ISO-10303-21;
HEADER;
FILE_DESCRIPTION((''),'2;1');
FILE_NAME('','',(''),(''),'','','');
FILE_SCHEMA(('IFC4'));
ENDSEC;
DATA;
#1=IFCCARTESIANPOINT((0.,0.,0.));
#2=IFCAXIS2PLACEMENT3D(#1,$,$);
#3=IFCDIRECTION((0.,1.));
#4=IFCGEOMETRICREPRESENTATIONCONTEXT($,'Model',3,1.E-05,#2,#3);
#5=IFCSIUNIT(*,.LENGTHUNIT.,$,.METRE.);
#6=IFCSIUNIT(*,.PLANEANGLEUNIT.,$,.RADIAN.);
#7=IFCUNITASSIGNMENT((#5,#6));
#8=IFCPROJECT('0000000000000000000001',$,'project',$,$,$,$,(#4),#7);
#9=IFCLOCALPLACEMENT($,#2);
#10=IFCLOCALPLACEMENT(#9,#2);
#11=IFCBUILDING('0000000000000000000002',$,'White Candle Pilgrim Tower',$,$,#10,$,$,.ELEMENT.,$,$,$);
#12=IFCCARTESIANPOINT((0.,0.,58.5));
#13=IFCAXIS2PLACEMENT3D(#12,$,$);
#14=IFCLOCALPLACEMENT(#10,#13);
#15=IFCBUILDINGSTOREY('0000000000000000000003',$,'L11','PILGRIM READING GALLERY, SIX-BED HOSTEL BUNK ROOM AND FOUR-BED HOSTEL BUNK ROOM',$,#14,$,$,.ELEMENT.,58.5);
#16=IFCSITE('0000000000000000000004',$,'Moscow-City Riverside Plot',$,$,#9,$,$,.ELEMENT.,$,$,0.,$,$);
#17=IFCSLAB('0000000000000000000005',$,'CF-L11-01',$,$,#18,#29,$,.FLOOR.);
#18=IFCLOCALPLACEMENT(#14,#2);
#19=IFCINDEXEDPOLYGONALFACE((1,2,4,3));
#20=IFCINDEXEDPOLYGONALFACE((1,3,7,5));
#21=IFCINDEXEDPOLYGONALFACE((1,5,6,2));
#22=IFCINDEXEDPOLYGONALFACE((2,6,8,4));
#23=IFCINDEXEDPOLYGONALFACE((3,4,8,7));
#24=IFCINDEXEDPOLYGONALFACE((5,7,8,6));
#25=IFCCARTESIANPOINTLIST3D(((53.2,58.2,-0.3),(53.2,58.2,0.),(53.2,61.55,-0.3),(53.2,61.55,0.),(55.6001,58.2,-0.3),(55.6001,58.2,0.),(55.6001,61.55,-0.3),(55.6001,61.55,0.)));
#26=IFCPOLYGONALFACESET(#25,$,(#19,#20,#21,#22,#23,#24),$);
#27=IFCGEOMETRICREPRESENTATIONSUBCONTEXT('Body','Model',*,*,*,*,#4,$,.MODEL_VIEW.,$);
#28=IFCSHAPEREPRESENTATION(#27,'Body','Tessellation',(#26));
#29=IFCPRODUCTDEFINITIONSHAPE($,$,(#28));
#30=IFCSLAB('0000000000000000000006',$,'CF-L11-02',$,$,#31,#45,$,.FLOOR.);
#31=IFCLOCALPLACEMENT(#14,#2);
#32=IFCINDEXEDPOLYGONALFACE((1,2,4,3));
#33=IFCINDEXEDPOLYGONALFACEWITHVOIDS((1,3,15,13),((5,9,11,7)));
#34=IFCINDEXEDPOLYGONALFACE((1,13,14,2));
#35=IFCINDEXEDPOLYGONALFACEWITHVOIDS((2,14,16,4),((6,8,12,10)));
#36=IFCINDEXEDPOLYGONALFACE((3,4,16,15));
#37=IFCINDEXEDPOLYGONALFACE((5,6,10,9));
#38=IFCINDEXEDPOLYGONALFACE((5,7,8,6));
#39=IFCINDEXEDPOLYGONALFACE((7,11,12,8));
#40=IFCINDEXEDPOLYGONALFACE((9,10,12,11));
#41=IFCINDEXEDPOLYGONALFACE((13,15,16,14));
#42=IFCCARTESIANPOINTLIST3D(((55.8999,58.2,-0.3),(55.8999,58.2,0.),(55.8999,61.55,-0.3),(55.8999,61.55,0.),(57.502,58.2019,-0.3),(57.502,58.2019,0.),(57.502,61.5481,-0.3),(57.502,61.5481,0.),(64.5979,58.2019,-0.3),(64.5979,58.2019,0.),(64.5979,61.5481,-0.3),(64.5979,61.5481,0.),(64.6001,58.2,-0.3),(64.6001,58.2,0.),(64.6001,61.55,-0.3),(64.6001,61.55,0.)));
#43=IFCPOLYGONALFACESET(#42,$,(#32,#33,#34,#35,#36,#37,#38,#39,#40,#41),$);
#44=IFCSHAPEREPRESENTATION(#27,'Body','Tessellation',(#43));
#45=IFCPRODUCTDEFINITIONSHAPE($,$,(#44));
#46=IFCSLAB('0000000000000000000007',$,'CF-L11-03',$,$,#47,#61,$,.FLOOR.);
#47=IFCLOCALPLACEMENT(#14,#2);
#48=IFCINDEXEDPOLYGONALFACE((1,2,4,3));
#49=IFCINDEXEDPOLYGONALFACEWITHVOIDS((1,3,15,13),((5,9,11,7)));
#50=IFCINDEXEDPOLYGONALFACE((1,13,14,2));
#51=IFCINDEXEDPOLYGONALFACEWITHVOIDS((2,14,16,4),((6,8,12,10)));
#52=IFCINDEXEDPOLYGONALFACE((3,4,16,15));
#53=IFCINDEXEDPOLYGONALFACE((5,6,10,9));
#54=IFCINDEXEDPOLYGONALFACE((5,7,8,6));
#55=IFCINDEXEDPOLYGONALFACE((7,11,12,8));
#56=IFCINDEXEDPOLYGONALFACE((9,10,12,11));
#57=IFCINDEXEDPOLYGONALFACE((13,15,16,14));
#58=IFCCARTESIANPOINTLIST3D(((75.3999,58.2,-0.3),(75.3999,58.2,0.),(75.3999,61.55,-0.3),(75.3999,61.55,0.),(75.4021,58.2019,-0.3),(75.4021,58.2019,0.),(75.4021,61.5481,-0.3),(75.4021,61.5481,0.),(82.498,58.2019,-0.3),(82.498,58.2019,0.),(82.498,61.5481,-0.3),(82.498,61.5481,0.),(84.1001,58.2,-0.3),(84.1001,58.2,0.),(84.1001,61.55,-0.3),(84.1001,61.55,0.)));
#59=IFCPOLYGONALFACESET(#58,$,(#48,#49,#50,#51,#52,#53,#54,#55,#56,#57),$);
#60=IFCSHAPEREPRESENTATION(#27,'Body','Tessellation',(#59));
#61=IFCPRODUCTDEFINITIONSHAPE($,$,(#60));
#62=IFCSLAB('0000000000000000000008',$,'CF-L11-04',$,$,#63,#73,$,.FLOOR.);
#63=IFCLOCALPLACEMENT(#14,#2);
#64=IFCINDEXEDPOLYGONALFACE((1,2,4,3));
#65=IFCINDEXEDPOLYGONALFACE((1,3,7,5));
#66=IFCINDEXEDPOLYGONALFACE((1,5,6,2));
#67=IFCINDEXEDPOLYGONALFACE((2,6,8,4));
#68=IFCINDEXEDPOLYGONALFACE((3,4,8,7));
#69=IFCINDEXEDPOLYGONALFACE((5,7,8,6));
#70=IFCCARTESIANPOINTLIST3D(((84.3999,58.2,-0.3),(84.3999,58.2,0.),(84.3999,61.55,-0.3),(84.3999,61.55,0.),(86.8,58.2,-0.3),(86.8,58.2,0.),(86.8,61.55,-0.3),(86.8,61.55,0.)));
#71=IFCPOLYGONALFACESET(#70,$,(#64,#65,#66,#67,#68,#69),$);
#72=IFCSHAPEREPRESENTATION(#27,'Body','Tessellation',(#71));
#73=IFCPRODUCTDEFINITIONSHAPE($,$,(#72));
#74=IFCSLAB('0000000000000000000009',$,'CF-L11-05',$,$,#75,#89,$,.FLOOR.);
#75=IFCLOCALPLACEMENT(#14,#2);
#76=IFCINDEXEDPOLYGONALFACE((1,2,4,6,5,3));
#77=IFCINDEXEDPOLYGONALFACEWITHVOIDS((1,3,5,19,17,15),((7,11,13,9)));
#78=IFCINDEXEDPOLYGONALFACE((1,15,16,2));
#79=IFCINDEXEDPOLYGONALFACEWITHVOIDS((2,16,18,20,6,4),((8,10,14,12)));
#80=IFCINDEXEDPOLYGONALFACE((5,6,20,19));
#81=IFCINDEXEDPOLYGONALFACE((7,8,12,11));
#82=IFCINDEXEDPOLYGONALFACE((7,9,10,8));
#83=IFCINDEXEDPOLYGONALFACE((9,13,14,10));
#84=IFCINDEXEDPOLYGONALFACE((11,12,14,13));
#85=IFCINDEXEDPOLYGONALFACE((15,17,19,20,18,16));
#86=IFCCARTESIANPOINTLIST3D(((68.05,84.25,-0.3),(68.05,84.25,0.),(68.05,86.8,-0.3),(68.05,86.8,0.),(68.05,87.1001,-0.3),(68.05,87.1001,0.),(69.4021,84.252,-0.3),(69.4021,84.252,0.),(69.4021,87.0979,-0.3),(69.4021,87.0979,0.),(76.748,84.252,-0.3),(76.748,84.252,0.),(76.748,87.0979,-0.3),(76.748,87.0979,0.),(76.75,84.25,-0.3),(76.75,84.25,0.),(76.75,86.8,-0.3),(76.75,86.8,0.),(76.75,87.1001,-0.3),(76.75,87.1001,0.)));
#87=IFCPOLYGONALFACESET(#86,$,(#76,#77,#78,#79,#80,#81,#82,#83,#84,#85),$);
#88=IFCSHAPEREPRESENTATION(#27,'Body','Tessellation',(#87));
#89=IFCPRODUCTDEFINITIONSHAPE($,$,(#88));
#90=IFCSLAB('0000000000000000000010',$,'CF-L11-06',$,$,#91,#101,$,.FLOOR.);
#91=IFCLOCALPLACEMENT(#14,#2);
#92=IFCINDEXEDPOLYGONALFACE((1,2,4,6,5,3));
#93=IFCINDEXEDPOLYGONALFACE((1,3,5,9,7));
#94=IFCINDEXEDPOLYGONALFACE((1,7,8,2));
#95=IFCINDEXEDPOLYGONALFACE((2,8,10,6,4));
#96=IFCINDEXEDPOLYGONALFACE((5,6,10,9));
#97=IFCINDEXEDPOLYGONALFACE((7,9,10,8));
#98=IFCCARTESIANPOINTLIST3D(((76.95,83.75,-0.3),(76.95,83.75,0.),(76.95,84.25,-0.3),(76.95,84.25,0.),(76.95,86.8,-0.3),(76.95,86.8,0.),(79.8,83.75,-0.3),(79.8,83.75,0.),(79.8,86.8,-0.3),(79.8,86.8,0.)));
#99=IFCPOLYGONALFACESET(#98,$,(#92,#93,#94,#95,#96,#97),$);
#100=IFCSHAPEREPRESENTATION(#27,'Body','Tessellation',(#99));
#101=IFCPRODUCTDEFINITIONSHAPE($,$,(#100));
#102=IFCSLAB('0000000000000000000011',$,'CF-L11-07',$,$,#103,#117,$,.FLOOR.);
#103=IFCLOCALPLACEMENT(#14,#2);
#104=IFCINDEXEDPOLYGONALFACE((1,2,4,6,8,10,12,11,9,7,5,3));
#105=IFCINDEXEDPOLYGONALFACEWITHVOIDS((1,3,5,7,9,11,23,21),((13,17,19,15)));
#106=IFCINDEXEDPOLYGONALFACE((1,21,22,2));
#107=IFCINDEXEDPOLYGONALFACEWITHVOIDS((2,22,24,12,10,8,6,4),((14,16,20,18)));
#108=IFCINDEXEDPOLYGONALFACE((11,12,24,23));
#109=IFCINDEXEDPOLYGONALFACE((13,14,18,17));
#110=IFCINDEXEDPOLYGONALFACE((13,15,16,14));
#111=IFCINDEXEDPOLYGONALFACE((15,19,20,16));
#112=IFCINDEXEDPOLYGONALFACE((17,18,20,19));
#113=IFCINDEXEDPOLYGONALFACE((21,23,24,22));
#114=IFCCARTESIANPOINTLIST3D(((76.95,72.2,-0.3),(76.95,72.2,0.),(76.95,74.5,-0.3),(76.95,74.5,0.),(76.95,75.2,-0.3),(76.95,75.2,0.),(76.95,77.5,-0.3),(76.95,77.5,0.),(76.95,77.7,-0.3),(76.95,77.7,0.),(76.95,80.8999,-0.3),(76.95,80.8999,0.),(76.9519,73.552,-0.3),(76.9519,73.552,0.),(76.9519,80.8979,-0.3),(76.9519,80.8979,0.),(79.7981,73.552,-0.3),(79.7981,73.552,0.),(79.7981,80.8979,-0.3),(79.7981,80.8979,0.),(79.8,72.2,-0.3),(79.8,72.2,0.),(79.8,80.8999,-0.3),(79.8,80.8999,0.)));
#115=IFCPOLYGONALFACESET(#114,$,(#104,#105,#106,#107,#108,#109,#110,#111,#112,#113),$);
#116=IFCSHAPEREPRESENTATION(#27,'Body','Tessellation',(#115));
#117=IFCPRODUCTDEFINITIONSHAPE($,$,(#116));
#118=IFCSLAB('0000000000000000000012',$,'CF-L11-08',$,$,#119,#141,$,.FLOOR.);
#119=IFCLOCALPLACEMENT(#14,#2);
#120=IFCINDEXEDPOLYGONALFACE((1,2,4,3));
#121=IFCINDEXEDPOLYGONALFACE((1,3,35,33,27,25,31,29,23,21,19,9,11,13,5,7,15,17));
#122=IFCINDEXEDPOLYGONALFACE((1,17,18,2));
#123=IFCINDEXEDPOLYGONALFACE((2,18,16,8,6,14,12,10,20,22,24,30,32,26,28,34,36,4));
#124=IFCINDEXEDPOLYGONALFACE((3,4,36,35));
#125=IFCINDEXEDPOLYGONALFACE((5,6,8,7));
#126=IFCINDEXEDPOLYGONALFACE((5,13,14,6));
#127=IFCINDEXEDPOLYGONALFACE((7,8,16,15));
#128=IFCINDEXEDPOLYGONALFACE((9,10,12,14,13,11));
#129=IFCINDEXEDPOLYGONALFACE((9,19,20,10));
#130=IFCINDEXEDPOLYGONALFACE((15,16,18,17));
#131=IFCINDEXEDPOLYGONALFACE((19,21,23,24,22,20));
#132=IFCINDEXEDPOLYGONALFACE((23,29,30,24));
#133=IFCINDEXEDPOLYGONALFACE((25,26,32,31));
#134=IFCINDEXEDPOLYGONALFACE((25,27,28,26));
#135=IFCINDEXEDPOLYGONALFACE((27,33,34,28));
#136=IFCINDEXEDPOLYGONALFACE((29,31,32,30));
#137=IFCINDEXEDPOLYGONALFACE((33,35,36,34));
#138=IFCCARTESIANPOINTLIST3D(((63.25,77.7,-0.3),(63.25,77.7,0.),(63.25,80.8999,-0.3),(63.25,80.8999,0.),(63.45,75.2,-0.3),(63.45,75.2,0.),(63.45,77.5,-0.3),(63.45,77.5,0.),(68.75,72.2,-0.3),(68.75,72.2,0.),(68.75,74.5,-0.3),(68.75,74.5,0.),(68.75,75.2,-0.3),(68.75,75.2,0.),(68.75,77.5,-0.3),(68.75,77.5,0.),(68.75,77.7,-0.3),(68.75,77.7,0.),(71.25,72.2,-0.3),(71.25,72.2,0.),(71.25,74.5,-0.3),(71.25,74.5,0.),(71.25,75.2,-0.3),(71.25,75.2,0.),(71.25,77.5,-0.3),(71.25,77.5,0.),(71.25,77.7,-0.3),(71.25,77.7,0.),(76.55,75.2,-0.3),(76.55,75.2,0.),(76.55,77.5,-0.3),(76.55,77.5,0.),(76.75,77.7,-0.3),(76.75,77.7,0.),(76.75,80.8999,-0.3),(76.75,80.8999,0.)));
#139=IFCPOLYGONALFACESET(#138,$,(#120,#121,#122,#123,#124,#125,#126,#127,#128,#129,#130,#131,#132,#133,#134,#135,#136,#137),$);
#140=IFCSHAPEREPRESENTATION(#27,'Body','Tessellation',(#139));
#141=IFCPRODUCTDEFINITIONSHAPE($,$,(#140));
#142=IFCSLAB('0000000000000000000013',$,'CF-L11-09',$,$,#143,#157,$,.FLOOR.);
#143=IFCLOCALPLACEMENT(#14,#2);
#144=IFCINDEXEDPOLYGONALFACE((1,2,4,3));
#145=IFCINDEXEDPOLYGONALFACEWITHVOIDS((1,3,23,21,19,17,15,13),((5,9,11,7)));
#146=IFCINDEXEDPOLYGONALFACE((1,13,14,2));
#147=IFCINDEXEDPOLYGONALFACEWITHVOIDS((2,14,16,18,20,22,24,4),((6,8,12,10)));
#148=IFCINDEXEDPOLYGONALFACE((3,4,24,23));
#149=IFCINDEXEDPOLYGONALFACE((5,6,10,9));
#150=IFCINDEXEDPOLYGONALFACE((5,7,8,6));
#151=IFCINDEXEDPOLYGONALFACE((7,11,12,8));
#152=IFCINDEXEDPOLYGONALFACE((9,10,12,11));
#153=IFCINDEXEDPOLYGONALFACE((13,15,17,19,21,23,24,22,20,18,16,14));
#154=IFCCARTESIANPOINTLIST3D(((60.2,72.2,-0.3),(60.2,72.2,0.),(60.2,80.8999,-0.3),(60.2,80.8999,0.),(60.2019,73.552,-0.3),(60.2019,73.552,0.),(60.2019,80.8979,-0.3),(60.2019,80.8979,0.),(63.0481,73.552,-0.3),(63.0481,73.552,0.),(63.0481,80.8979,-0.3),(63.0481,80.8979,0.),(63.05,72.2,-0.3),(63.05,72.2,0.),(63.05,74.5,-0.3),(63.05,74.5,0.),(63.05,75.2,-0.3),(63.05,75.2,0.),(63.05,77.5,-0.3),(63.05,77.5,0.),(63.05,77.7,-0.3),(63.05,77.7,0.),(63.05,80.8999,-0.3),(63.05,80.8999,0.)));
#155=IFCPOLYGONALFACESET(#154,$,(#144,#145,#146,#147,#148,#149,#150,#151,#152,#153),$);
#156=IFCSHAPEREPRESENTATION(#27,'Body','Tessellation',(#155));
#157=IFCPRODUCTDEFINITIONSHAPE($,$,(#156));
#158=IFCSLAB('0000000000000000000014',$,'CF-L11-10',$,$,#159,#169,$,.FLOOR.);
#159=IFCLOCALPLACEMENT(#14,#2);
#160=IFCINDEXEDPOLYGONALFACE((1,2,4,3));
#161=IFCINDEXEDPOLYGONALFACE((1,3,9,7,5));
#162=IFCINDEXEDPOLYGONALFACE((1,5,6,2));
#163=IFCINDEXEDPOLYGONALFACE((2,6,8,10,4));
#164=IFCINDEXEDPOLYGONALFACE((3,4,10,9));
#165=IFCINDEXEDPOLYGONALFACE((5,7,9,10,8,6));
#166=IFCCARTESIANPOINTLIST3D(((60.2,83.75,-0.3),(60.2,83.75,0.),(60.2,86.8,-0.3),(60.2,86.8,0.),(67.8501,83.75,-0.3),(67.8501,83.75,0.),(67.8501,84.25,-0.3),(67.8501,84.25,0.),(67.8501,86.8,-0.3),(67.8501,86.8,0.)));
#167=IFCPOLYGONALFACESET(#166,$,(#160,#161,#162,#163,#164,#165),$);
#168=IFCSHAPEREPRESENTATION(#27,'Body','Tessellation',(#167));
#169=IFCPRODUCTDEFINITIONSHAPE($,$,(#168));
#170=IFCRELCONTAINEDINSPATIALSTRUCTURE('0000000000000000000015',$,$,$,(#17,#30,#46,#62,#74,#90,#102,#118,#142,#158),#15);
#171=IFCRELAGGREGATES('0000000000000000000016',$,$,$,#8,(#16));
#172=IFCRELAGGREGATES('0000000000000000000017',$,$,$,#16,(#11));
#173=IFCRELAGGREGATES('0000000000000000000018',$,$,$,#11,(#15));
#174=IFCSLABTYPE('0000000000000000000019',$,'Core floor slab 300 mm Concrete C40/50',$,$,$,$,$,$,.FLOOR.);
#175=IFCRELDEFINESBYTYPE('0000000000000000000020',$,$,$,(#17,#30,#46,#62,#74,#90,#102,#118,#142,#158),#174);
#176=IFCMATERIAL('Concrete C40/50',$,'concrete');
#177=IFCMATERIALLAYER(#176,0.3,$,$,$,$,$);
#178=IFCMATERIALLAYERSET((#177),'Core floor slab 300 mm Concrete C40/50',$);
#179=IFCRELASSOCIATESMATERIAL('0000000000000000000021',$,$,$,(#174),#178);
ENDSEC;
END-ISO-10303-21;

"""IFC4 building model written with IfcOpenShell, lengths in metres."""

from ifc_helpers import new_model, si_unit, direction, frame, origin, place, context, subcontext, project, spatial, polyline, outline, extrude, material, layer, layer_set, type_object, element, save


model = new_model("IFC4")

# Units and contexts
model_context = context("Model", 3, precision=1e-05, world=origin(), true_north=direction((0.0, 1.0)))
body_context = subcontext(model_context, "Body", "Model", "MODEL_VIEW")
ifc_project = project(units=[si_unit("LENGTHUNIT", "METRE"), si_unit("PLANEANGLEUNIT", "RADIAN")], contexts=[model_context])

# Site, building, storey
site_placement = place(None, origin())
site = spatial("IfcSite", under=ifc_project, at=site_placement, Name="Moscow-City Riverside Plot", CompositionType="ELEMENT", RefElevation=0.0)
building_placement = place(site_placement, origin())
building = spatial("IfcBuilding", under=site, at=building_placement, Name="White Candle Pilgrim Tower", CompositionType="ELEMENT")
storey_placement = place(building_placement, frame((0.0, 0.0, 58.5)))
storey = spatial("IfcBuildingStorey", under=building, at=storey_placement, Name="L11", Description="PILGRIM READING GALLERY, SIX-BED HOSTEL BUNK ROOM AND FOUR-BED HOSTEL BUNK ROOM", CompositionType="ELEMENT", Elevation=58.5)

# Slabs
ifc_material = material(Name="Concrete C40/50", Category="concrete")
ifc_layer_1 = layer(ifc_material, 0.3)
ifc_layer_set_1 = layer_set([ifc_layer_1], Name="Core floor slab 300 mm Concrete C40/50")
slab_type_1 = type_object("IfcSlabType", Name="Core floor slab 300 mm Concrete C40/50", PredefinedType="FLOOR", material=ifc_layer_set_1)
slab_1_placement = place(storey_placement, frame((0.0, 0.0, -0.3)))
element("IfcSlab", 1, at=slab_1_placement, inside=storey, type_object=slab_type_1, Name="CF-L11-01", PredefinedType="FLOOR", context=body_context, shape_type="SweptSolid", body=[
    extrude(outline(polyline([(55.6001, 58.2), (53.2, 58.2), (53.2, 61.55), (55.6001, 61.55), (55.6001, 58.2)])), origin(), (0.0, 0.0, 1.0), 0.3),
])
slab_2_placement = place(storey_placement, frame((0.0, 0.0, -0.3)))
element("IfcSlab", 2, at=slab_2_placement, inside=storey, type_object=slab_type_1, Name="CF-L11-02", PredefinedType="FLOOR", context=body_context, shape_type="SweptSolid", body=[
    extrude(outline(polyline([(55.8999, 58.2), (55.8999, 61.55), (64.6001, 61.55), (64.6001, 58.2), (55.8999, 58.2)]), holes=[polyline([(57.502, 61.5481), (57.502, 58.2019), (64.5979, 58.2019), (64.5979, 61.5481), (57.502, 61.5481)])]), origin(), (0.0, 0.0, 1.0), 0.3),
])
slab_3_placement = place(storey_placement, frame((0.0, 0.0, -0.3)))
element("IfcSlab", 3, at=slab_3_placement, inside=storey, type_object=slab_type_1, Name="CF-L11-03", PredefinedType="FLOOR", context=body_context, shape_type="SweptSolid", body=[
    extrude(outline(polyline([(75.3999, 58.2), (75.3999, 61.55), (84.1001, 61.55), (84.1001, 58.2), (75.3999, 58.2)]), holes=[polyline([(82.498, 58.2019), (82.498, 61.5481), (75.4021, 61.5481), (75.4021, 58.2019), (82.498, 58.2019)])]), origin(), (0.0, 0.0, 1.0), 0.3),
])
slab_4_placement = place(storey_placement, frame((0.0, 0.0, -0.3)))
element("IfcSlab", 4, at=slab_4_placement, inside=storey, type_object=slab_type_1, Name="CF-L11-04", PredefinedType="FLOOR", context=body_context, shape_type="SweptSolid", body=[
    extrude(outline(polyline([(86.8, 58.2), (84.3999, 58.2), (84.3999, 61.55), (86.8, 61.55), (86.8, 58.2)])), origin(), (0.0, 0.0, 1.0), 0.3),
])
slab_5_placement = place(storey_placement, frame((0.0, 0.0, -0.3)))
element("IfcSlab", 5, at=slab_5_placement, inside=storey, type_object=slab_type_1, Name="CF-L11-05", PredefinedType="FLOOR", context=body_context, shape_type="SweptSolid", body=[
    extrude(outline(polyline([(76.75, 87.1001), (76.75, 86.8), (76.75, 84.25), (68.05, 84.25), (68.05, 86.8), (68.05, 87.1001), (76.75, 87.1001)]), holes=[polyline([(69.4021, 87.0979), (69.4021, 84.252), (76.748, 84.252), (76.748, 87.0979), (69.4021, 87.0979)])]), origin(), (0.0, 0.0, 1.0), 0.3),
])
slab_6_placement = place(storey_placement, frame((0.0, 0.0, -0.3)))
element("IfcSlab", 6, at=slab_6_placement, inside=storey, type_object=slab_type_1, Name="CF-L11-06", PredefinedType="FLOOR", context=body_context, shape_type="SweptSolid", body=[
    extrude(outline(polyline([(79.8, 86.8), (79.8, 83.75), (76.95, 83.75), (76.95, 84.25), (76.95, 86.8), (79.8, 86.8)])), origin(), (0.0, 0.0, 1.0), 0.3),
])
slab_7_placement = place(storey_placement, frame((0.0, 0.0, -0.3)))
element("IfcSlab", 7, at=slab_7_placement, inside=storey, type_object=slab_type_1, Name="CF-L11-07", PredefinedType="FLOOR", context=body_context, shape_type="SweptSolid", body=[
    extrude(outline(polyline([(79.8, 72.2), (76.95, 72.2), (76.95, 74.5), (76.95, 75.2), (76.95, 77.5), (76.95, 77.7), (76.95, 80.8999), (79.8, 80.8999), (79.8, 72.2)]), holes=[polyline([(76.9519, 73.552), (79.7981, 73.552), (79.7981, 80.8979), (76.9519, 80.8979), (76.9519, 73.552)])]), origin(), (0.0, 0.0, 1.0), 0.3),
])
slab_8_placement = place(storey_placement, frame((0.0, 0.0, -0.3)))
element("IfcSlab", 8, at=slab_8_placement, inside=storey, type_object=slab_type_1, Name="CF-L11-08", PredefinedType="FLOOR", context=body_context, shape_type="SweptSolid", body=[
    extrude(outline(polyline([(68.75, 72.2), (68.75, 74.5), (68.75, 75.2), (63.45, 75.2), (63.45, 77.5), (68.75, 77.5), (68.75, 77.7), (63.25, 77.7), (63.25, 80.8999), (76.75, 80.8999), (76.75, 77.7), (71.25, 77.7), (71.25, 77.5), (76.55, 77.5), (76.55, 75.2), (71.25, 75.2), (71.25, 74.5), (71.25, 72.2), (68.75, 72.2)])), origin(), (0.0, 0.0, 1.0), 0.3),
])
slab_9_placement = place(storey_placement, frame((0.0, 0.0, -0.3)))
element("IfcSlab", 9, at=slab_9_placement, inside=storey, type_object=slab_type_1, Name="CF-L11-09", PredefinedType="FLOOR", context=body_context, shape_type="SweptSolid", body=[
    extrude(outline(polyline([(60.2, 72.2), (60.2, 80.8999), (63.05, 80.8999), (63.05, 77.7), (63.05, 77.5), (63.05, 75.2), (63.05, 74.5), (63.05, 72.2), (60.2, 72.2)]), holes=[polyline([(60.2019, 73.552), (63.0481, 73.552), (63.0481, 80.8979), (60.2019, 80.8979), (60.2019, 73.552)])]), origin(), (0.0, 0.0, 1.0), 0.3),
])
slab_10_placement = place(storey_placement, frame((0.0, 0.0, -0.3)))
element("IfcSlab", 10, at=slab_10_placement, inside=storey, type_object=slab_type_1, Name="CF-L11-10", PredefinedType="FLOOR", context=body_context, shape_type="SweptSolid", body=[
    extrude(outline(polyline([(60.2, 86.8), (67.8501, 86.8), (67.8501, 84.25), (67.8501, 83.75), (60.2, 83.75), (60.2, 86.8)])), origin(), (0.0, 0.0, 1.0), 0.3),
])

save(model, "model.ifc")
